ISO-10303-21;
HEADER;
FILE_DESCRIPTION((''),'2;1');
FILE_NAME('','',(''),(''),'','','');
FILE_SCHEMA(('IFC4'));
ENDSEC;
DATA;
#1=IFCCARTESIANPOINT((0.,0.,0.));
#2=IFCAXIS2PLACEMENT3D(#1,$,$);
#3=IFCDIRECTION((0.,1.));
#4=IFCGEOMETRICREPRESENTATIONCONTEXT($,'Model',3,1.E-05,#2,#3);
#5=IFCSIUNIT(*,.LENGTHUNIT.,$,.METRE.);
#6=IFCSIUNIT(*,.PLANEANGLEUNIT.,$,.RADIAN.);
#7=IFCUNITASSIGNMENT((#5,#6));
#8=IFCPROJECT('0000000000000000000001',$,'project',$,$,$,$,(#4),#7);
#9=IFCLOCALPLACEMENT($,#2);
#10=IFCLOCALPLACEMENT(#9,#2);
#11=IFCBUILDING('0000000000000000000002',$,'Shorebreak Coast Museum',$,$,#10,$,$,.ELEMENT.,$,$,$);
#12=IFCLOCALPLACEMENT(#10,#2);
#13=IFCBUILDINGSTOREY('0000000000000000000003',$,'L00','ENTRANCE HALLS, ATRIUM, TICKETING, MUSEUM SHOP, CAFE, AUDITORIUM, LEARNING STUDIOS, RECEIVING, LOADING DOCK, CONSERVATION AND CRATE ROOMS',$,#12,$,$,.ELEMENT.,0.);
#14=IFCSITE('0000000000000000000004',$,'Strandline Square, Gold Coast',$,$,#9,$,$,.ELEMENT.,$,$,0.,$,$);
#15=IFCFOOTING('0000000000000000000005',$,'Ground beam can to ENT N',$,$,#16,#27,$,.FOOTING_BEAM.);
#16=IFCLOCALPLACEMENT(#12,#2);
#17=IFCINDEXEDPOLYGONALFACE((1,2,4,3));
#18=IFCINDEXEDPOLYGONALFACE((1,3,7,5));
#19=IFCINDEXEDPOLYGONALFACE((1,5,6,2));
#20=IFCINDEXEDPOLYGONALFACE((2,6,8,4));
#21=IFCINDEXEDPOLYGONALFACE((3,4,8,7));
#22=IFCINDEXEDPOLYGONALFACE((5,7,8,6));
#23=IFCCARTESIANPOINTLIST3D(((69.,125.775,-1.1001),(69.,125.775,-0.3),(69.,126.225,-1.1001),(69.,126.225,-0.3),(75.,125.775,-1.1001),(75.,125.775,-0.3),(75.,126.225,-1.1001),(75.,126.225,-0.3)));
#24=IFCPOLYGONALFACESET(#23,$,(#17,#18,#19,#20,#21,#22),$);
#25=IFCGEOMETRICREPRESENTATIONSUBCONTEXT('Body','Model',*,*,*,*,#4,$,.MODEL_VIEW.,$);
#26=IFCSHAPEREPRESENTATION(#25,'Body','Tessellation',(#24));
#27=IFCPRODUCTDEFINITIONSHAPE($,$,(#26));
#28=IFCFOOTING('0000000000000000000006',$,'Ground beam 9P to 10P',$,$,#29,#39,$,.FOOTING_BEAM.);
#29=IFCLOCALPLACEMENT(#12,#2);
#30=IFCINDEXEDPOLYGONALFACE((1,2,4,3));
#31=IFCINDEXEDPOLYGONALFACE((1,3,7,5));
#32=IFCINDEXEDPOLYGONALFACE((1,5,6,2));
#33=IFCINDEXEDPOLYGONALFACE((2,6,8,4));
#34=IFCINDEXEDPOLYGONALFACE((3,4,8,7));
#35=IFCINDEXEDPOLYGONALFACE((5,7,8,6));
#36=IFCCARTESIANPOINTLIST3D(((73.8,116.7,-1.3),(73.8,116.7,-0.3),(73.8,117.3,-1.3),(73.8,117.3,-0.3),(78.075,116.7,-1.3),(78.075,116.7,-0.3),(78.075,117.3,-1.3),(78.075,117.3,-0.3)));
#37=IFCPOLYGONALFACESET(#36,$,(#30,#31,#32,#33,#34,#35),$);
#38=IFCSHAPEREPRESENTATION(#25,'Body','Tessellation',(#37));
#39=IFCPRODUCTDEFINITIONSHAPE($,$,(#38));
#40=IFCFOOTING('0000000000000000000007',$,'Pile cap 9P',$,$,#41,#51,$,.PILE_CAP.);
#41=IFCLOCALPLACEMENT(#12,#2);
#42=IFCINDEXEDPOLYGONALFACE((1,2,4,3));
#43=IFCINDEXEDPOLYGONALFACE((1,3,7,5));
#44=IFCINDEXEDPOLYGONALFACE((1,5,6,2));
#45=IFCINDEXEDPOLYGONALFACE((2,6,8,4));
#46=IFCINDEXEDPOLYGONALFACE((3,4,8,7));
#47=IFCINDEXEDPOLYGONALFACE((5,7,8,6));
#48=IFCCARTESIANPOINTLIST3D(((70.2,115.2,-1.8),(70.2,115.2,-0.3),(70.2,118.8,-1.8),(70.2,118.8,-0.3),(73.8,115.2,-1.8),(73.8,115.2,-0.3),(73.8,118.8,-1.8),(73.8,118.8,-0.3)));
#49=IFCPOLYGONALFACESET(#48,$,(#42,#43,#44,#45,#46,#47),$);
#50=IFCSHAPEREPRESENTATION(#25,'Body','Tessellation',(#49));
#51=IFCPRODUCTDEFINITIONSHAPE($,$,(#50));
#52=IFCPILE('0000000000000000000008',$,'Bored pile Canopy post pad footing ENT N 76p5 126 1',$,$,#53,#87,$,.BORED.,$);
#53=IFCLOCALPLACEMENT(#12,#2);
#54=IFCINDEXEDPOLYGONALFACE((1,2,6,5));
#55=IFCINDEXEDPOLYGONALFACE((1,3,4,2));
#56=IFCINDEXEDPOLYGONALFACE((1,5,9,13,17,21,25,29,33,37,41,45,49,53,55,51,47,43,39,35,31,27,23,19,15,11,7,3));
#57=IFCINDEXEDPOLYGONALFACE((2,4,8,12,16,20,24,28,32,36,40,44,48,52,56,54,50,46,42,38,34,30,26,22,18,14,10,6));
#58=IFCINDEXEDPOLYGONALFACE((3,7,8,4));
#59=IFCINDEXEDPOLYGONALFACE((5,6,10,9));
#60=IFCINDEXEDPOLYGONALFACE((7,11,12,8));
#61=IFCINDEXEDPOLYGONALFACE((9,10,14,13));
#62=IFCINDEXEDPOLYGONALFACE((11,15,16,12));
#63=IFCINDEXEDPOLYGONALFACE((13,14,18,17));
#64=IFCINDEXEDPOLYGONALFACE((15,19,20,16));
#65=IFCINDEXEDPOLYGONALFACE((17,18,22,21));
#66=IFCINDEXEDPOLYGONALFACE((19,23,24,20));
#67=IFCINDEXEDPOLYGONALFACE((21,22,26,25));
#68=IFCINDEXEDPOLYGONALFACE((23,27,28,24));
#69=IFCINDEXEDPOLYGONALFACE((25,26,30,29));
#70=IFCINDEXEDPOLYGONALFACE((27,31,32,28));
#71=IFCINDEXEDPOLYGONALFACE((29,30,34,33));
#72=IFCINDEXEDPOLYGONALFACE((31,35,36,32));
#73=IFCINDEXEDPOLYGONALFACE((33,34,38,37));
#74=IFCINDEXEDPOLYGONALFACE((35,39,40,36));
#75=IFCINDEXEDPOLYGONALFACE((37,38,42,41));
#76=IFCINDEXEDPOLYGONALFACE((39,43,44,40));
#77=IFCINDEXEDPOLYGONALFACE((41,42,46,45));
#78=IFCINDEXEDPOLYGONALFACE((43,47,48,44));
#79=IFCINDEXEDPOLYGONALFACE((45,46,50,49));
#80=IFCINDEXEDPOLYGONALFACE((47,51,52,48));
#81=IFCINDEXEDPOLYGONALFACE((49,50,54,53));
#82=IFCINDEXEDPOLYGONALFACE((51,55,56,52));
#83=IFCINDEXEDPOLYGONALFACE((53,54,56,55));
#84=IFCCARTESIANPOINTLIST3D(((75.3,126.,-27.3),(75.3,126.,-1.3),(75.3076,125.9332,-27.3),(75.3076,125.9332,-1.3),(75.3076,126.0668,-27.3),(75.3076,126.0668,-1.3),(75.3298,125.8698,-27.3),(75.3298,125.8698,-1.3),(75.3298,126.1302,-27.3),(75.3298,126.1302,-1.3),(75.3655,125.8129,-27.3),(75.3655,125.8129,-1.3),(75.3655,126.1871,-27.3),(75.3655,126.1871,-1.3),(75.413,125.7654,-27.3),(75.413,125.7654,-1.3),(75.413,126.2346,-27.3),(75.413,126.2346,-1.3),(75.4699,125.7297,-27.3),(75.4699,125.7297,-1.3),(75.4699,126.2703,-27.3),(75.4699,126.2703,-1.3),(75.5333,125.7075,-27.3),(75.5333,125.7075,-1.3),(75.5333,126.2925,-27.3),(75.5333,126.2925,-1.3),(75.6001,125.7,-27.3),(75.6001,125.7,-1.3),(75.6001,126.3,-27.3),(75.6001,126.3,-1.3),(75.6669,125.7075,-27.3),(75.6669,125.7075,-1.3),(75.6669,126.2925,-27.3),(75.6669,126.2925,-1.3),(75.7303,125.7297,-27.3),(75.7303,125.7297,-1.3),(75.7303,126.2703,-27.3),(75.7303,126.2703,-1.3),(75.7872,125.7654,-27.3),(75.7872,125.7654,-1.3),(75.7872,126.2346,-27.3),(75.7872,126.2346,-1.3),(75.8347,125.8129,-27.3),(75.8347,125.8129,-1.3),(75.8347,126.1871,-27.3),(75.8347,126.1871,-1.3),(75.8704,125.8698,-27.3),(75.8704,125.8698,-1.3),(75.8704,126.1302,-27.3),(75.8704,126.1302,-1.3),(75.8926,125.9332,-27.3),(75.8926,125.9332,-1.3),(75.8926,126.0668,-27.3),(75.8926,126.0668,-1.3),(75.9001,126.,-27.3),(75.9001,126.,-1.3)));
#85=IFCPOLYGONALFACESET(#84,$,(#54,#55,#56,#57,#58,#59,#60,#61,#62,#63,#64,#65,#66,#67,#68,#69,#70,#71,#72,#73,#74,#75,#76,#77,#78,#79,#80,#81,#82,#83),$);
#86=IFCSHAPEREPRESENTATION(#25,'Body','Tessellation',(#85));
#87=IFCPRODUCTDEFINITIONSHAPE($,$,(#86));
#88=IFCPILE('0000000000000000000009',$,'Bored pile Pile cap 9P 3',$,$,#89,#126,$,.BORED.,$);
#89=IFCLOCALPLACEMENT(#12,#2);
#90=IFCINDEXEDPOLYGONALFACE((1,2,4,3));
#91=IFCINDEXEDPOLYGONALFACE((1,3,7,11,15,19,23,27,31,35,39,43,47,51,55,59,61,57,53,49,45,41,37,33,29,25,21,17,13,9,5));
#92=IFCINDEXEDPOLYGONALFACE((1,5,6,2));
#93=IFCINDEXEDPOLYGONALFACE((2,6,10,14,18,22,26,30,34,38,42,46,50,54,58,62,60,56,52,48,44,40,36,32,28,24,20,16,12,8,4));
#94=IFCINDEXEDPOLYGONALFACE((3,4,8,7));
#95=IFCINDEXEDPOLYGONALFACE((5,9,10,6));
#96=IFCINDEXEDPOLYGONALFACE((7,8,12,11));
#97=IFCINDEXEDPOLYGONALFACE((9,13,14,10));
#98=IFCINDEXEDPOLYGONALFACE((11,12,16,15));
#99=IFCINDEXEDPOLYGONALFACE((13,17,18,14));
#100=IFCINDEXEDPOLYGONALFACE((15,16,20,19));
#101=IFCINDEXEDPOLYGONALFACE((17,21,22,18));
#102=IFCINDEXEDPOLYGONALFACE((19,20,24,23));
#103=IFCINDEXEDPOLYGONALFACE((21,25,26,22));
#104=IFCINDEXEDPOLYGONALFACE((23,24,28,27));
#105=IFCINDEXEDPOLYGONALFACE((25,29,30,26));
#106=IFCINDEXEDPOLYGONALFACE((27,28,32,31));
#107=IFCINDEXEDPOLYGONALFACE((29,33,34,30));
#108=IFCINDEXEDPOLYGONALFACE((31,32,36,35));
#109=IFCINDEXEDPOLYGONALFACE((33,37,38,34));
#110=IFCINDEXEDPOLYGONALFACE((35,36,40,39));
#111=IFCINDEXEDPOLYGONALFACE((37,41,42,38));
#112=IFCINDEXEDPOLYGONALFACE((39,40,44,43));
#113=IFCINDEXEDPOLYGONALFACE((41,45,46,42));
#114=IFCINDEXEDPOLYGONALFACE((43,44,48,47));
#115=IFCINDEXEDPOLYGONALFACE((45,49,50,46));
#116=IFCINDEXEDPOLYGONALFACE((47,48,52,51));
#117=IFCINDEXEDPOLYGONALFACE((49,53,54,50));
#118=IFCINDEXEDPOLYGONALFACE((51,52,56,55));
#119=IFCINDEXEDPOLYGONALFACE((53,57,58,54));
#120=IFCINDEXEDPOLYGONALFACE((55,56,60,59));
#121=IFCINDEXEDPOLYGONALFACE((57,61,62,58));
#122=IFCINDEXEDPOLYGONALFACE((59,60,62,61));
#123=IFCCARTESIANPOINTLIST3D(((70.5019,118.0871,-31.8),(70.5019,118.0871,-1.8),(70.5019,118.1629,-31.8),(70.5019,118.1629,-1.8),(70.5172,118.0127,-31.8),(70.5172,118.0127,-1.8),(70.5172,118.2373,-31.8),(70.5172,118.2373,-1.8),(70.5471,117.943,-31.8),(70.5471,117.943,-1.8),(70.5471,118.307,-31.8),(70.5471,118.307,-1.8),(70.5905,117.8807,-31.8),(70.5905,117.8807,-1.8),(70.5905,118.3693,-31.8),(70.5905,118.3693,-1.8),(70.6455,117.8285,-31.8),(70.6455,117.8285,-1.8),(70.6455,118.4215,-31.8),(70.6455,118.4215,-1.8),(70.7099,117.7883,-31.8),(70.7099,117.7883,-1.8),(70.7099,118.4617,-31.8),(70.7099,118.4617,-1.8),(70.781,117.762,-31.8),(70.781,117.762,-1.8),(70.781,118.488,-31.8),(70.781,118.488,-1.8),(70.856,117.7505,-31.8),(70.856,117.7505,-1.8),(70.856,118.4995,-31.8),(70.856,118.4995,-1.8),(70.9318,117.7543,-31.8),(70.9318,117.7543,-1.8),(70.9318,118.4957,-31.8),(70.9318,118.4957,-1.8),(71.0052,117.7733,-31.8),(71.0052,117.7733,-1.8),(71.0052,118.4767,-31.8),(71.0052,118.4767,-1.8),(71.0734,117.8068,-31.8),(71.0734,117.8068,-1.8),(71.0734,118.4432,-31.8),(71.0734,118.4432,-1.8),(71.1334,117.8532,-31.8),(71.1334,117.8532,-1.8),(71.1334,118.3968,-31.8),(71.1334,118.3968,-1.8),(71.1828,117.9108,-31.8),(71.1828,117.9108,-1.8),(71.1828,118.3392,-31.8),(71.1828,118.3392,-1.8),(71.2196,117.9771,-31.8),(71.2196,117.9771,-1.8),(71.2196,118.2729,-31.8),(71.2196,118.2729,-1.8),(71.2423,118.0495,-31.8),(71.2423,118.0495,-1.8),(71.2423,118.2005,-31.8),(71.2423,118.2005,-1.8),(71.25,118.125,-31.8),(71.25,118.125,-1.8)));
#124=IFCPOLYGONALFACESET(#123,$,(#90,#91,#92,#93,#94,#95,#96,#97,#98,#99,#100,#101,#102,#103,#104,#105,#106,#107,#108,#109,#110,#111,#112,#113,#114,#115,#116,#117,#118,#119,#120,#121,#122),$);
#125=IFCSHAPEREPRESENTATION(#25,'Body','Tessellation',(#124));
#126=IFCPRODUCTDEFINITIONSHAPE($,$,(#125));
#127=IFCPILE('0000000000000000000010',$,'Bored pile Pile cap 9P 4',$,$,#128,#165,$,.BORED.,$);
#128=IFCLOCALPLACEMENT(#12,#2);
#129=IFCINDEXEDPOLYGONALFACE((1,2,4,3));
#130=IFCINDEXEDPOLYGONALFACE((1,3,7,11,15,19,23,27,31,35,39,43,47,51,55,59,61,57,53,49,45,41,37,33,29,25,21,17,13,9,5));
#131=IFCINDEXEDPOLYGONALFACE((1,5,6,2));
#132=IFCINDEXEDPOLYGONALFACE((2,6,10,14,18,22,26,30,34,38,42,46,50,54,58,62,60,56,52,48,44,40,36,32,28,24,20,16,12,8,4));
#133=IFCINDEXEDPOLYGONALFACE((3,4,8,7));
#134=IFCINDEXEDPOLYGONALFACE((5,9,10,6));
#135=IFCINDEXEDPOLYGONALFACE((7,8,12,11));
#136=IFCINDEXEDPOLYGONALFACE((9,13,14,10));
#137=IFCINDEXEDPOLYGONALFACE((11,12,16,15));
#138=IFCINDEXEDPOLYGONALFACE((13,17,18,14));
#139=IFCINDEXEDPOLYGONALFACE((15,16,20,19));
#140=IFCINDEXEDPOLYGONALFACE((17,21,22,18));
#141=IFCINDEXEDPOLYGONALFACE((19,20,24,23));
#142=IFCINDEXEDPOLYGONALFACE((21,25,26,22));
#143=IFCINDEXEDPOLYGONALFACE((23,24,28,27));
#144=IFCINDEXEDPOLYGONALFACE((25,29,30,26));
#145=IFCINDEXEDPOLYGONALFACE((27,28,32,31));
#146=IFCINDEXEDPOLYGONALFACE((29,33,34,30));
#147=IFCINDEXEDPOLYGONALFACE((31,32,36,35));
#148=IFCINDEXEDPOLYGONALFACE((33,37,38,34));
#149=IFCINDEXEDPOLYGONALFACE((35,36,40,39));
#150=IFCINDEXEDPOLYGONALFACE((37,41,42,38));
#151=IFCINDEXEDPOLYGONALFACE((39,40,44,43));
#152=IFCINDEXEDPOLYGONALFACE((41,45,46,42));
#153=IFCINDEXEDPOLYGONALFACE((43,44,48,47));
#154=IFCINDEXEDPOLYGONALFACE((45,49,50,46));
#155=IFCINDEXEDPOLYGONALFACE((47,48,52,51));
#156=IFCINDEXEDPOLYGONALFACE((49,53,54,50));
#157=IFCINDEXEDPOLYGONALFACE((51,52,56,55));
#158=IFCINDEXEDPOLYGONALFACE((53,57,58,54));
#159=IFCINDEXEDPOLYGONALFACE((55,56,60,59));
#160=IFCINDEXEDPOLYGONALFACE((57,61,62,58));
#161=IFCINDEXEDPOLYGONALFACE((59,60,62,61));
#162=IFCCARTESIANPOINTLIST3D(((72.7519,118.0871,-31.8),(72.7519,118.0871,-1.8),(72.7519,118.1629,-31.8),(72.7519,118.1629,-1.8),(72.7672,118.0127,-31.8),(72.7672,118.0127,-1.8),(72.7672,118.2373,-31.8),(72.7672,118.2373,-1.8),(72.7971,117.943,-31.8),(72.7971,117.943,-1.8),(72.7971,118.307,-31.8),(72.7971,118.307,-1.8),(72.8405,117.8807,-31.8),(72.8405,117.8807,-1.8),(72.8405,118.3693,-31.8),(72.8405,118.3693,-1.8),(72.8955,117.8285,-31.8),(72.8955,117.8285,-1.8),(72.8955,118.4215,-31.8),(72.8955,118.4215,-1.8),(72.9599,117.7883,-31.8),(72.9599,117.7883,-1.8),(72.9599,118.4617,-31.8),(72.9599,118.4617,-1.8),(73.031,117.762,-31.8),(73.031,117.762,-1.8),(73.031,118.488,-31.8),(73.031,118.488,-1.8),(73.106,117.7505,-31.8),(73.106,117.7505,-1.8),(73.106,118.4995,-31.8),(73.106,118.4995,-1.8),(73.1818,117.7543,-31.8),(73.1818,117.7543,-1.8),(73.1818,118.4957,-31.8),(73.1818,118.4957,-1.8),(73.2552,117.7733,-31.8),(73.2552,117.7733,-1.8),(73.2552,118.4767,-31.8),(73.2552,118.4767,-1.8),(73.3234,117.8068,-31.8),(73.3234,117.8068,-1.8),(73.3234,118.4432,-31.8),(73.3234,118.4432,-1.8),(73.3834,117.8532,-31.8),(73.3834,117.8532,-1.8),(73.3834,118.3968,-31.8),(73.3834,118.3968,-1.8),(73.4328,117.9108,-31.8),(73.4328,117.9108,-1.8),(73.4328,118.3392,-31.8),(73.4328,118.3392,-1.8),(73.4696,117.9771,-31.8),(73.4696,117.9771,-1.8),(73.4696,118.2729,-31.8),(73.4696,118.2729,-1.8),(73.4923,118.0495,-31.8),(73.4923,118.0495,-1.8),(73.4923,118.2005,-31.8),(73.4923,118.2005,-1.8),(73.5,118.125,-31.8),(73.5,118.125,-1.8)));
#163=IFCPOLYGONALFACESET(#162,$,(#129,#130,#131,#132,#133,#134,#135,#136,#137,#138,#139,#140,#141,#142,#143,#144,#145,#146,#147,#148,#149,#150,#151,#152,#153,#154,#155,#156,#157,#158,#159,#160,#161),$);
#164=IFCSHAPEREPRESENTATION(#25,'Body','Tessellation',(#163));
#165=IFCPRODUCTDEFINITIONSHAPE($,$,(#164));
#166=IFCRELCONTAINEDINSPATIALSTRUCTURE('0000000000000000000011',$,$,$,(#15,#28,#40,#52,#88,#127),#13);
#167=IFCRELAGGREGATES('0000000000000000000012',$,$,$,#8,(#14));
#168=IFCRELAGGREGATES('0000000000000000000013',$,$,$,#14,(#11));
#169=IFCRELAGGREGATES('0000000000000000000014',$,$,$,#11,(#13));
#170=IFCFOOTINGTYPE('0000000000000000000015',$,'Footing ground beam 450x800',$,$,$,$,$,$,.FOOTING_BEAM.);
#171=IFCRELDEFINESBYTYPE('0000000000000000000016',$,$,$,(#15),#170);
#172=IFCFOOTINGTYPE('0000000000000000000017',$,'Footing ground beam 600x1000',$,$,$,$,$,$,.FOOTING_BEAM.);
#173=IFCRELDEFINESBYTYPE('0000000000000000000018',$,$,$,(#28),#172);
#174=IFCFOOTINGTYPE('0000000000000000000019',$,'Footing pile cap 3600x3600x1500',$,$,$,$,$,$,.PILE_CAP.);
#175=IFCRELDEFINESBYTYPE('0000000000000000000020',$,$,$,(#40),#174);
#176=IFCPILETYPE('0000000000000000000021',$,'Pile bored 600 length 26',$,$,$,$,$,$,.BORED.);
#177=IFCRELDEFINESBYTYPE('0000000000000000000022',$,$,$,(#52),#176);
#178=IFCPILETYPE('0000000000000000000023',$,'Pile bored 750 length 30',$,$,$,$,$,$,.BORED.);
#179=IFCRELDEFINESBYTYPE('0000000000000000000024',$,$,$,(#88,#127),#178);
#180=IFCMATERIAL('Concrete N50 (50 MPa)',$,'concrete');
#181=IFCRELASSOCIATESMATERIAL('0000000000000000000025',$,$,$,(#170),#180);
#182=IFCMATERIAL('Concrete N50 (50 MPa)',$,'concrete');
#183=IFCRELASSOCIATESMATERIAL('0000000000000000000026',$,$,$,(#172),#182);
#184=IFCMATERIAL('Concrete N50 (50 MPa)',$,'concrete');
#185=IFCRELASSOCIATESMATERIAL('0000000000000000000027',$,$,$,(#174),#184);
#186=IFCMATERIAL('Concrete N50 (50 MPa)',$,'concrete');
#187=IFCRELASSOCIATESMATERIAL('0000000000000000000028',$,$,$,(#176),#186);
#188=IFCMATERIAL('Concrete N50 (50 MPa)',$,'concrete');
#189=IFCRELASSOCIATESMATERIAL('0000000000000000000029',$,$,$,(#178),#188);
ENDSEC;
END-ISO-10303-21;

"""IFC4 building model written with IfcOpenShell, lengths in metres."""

from ifc_helpers import new_model, si_unit, direction, frame, origin, origin_2d, place, context, subcontext, project, spatial, rectangle, circle, extrude, material, material_profile, profile_set, type_object, element, save


model = new_model("IFC4")

# Units and contexts
model_context = context("Model", 3, precision=1e-05, world=origin(), true_north=direction((0.0, 1.0)))
body_context = subcontext(model_context, "Body", "Model", "MODEL_VIEW")
ifc_project = project(units=[si_unit("LENGTHUNIT", "METRE"), si_unit("PLANEANGLEUNIT", "RADIAN")], contexts=[model_context])

# Site, building, storey
site_placement = place(None, origin())
site = spatial("IfcSite", under=ifc_project, at=site_placement, Name="Strandline Square, Gold Coast", CompositionType="ELEMENT", RefElevation=0.0)
building_placement = place(site_placement, origin())
building = spatial("IfcBuilding", under=site, at=building_placement, Name="Shorebreak Coast Museum", CompositionType="ELEMENT")
storey_placement = place(building_placement, origin())
storey = spatial("IfcBuildingStorey", under=building, at=storey_placement, Name="L00", Description="ENTRANCE HALLS, ATRIUM, TICKETING, MUSEUM SHOP, CAFE, AUDITORIUM, LEARNING STUDIOS, RECEIVING, LOADING DOCK, CONSERVATION AND CRATE ROOMS", CompositionType="ELEMENT", Elevation=0.0)

# Footings
ifc_material_1 = material(Name="Concrete N50 (50 MPa)", Category="concrete")
footing_type_1 = type_object("IfcFootingType", Name="Footing ground beam 450x800", PredefinedType="FOOTING_BEAM", material=ifc_material_1)
footing_1_placement = place(storey_placement, frame((72.0, 126.0, -1.1001), z_axis=(0.0, 0.0, 1.0), x_axis=(1.0, 0.0, 0.0)))
element("IfcFooting", 1, at=footing_1_placement, inside=storey, type_object=footing_type_1, Name="Ground beam can to ENT N", PredefinedType="FOOTING_BEAM", context=body_context, shape_type="SweptSolid", body=[
    extrude(rectangle(XDim=6.0, YDim=0.45, at=origin_2d()), origin(), (0.0, 0.0, 1.0), 0.8),
])
ifc_material_2 = material(Name="Concrete N50 (50 MPa)", Category="concrete")
footing_type_2 = type_object("IfcFootingType", Name="Footing ground beam 600x1000", PredefinedType="FOOTING_BEAM", material=ifc_material_2)
footing_2_placement = place(storey_placement, frame((75.9375, 117.0, -1.3), z_axis=(0.0, 0.0, 1.0), x_axis=(1.0, 0.0, 0.0)))
element("IfcFooting", 2, at=footing_2_placement, inside=storey, type_object=footing_type_2, Name="Ground beam 9P to 10P", PredefinedType="FOOTING_BEAM", context=body_context, shape_type="SweptSolid", body=[
    extrude(rectangle(XDim=4.2749, YDim=0.6001, at=origin_2d()), origin(), (0.0, 0.0, 1.0), 1.0),
])
ifc_material_3 = material(Name="Concrete N50 (50 MPa)", Category="concrete")
footing_type_3 = type_object("IfcFootingType", Name="Footing pile cap 3600x3600x1500", PredefinedType="PILE_CAP", material=ifc_material_3)
footing_3_placement = place(storey_placement, frame((72.0, 117.0, -1.8), z_axis=(0.0, 0.0, 1.0), x_axis=(1.0, 0.0, 0.0)))
element("IfcFooting", 3, at=footing_3_placement, inside=storey, type_object=footing_type_3, Name="Pile cap 9P", PredefinedType="PILE_CAP", context=body_context, shape_type="SweptSolid", body=[
    extrude(rectangle(XDim=3.6001, YDim=3.6001, at=origin_2d()), origin(), (0.0, 0.0, 1.0), 1.5),
])

# Piles
ifc_material_4 = material(Name="Concrete N50 (50 MPa)", Category="concrete")
ifc_material_profile_1 = material_profile(ifc_material_4, circle(Radius=0.3, at=origin_2d()), Name="Pile bored 600 length 26")
ifc_profile_set_1 = profile_set([ifc_material_profile_1], Name="Concrete N50 (50 MPa)")
pile_type_1 = type_object("IfcPileType", Name="Pile bored 600 length 26", PredefinedType="BORED", material=ifc_profile_set_1)
pile_placement = place(storey_placement, frame((75.6001, 126.0, -1.3), z_axis=(0.0, 0.0, -1.0), x_axis=(1.0, 0.0, 0.0)))
element("IfcPile", 4, at=pile_placement, inside=storey, type_object=pile_type_1, Name="Bored pile Canopy post pad footing ENT N 76p5 126 1", PredefinedType="BORED", context=body_context, shape_type="SweptSolid", body=[
    extrude(circle(Radius=0.3, at=origin_2d()), origin(), (0.0, 0.0, 1.0), 26.0),
])
ifc_material_5 = material(Name="Concrete N50 (50 MPa)", Category="concrete")
ifc_material_profile_2 = material_profile(ifc_material_5, circle(Radius=0.375, at=origin_2d()), Name="Pile bored 750 length 30")
ifc_profile_set_2 = profile_set([ifc_material_profile_2], Name="Concrete N50 (50 MPa)")
pile_type_2 = type_object("IfcPileType", Name="Pile bored 750 length 30", PredefinedType="BORED", material=ifc_profile_set_2)
for number, where, z_axis, x_axis, name in (
    (5, (70.875, 118.125, -1.8), (0.0, 0.0, -1.0), (1.0, 0.0, 0.0), "Bored pile Pile cap 9P 3"),
    (6, (73.125, 118.125, -1.8), (0.0, 0.0, -1.0), (1.0, 0.0, 0.0), "Bored pile Pile cap 9P 4"),
):
    element("IfcPile", number, at=place(storey_placement, frame(where, z_axis=z_axis, x_axis=x_axis)), inside=storey, type_object=pile_type_2, Name=name, PredefinedType="BORED", context=body_context, shape_type="SweptSolid", body=[
        extrude(circle(Radius=0.375, at=origin_2d()), origin(), (0.0, 0.0, 1.0), 30.0),
    ])

save(model, "model.ifc")
